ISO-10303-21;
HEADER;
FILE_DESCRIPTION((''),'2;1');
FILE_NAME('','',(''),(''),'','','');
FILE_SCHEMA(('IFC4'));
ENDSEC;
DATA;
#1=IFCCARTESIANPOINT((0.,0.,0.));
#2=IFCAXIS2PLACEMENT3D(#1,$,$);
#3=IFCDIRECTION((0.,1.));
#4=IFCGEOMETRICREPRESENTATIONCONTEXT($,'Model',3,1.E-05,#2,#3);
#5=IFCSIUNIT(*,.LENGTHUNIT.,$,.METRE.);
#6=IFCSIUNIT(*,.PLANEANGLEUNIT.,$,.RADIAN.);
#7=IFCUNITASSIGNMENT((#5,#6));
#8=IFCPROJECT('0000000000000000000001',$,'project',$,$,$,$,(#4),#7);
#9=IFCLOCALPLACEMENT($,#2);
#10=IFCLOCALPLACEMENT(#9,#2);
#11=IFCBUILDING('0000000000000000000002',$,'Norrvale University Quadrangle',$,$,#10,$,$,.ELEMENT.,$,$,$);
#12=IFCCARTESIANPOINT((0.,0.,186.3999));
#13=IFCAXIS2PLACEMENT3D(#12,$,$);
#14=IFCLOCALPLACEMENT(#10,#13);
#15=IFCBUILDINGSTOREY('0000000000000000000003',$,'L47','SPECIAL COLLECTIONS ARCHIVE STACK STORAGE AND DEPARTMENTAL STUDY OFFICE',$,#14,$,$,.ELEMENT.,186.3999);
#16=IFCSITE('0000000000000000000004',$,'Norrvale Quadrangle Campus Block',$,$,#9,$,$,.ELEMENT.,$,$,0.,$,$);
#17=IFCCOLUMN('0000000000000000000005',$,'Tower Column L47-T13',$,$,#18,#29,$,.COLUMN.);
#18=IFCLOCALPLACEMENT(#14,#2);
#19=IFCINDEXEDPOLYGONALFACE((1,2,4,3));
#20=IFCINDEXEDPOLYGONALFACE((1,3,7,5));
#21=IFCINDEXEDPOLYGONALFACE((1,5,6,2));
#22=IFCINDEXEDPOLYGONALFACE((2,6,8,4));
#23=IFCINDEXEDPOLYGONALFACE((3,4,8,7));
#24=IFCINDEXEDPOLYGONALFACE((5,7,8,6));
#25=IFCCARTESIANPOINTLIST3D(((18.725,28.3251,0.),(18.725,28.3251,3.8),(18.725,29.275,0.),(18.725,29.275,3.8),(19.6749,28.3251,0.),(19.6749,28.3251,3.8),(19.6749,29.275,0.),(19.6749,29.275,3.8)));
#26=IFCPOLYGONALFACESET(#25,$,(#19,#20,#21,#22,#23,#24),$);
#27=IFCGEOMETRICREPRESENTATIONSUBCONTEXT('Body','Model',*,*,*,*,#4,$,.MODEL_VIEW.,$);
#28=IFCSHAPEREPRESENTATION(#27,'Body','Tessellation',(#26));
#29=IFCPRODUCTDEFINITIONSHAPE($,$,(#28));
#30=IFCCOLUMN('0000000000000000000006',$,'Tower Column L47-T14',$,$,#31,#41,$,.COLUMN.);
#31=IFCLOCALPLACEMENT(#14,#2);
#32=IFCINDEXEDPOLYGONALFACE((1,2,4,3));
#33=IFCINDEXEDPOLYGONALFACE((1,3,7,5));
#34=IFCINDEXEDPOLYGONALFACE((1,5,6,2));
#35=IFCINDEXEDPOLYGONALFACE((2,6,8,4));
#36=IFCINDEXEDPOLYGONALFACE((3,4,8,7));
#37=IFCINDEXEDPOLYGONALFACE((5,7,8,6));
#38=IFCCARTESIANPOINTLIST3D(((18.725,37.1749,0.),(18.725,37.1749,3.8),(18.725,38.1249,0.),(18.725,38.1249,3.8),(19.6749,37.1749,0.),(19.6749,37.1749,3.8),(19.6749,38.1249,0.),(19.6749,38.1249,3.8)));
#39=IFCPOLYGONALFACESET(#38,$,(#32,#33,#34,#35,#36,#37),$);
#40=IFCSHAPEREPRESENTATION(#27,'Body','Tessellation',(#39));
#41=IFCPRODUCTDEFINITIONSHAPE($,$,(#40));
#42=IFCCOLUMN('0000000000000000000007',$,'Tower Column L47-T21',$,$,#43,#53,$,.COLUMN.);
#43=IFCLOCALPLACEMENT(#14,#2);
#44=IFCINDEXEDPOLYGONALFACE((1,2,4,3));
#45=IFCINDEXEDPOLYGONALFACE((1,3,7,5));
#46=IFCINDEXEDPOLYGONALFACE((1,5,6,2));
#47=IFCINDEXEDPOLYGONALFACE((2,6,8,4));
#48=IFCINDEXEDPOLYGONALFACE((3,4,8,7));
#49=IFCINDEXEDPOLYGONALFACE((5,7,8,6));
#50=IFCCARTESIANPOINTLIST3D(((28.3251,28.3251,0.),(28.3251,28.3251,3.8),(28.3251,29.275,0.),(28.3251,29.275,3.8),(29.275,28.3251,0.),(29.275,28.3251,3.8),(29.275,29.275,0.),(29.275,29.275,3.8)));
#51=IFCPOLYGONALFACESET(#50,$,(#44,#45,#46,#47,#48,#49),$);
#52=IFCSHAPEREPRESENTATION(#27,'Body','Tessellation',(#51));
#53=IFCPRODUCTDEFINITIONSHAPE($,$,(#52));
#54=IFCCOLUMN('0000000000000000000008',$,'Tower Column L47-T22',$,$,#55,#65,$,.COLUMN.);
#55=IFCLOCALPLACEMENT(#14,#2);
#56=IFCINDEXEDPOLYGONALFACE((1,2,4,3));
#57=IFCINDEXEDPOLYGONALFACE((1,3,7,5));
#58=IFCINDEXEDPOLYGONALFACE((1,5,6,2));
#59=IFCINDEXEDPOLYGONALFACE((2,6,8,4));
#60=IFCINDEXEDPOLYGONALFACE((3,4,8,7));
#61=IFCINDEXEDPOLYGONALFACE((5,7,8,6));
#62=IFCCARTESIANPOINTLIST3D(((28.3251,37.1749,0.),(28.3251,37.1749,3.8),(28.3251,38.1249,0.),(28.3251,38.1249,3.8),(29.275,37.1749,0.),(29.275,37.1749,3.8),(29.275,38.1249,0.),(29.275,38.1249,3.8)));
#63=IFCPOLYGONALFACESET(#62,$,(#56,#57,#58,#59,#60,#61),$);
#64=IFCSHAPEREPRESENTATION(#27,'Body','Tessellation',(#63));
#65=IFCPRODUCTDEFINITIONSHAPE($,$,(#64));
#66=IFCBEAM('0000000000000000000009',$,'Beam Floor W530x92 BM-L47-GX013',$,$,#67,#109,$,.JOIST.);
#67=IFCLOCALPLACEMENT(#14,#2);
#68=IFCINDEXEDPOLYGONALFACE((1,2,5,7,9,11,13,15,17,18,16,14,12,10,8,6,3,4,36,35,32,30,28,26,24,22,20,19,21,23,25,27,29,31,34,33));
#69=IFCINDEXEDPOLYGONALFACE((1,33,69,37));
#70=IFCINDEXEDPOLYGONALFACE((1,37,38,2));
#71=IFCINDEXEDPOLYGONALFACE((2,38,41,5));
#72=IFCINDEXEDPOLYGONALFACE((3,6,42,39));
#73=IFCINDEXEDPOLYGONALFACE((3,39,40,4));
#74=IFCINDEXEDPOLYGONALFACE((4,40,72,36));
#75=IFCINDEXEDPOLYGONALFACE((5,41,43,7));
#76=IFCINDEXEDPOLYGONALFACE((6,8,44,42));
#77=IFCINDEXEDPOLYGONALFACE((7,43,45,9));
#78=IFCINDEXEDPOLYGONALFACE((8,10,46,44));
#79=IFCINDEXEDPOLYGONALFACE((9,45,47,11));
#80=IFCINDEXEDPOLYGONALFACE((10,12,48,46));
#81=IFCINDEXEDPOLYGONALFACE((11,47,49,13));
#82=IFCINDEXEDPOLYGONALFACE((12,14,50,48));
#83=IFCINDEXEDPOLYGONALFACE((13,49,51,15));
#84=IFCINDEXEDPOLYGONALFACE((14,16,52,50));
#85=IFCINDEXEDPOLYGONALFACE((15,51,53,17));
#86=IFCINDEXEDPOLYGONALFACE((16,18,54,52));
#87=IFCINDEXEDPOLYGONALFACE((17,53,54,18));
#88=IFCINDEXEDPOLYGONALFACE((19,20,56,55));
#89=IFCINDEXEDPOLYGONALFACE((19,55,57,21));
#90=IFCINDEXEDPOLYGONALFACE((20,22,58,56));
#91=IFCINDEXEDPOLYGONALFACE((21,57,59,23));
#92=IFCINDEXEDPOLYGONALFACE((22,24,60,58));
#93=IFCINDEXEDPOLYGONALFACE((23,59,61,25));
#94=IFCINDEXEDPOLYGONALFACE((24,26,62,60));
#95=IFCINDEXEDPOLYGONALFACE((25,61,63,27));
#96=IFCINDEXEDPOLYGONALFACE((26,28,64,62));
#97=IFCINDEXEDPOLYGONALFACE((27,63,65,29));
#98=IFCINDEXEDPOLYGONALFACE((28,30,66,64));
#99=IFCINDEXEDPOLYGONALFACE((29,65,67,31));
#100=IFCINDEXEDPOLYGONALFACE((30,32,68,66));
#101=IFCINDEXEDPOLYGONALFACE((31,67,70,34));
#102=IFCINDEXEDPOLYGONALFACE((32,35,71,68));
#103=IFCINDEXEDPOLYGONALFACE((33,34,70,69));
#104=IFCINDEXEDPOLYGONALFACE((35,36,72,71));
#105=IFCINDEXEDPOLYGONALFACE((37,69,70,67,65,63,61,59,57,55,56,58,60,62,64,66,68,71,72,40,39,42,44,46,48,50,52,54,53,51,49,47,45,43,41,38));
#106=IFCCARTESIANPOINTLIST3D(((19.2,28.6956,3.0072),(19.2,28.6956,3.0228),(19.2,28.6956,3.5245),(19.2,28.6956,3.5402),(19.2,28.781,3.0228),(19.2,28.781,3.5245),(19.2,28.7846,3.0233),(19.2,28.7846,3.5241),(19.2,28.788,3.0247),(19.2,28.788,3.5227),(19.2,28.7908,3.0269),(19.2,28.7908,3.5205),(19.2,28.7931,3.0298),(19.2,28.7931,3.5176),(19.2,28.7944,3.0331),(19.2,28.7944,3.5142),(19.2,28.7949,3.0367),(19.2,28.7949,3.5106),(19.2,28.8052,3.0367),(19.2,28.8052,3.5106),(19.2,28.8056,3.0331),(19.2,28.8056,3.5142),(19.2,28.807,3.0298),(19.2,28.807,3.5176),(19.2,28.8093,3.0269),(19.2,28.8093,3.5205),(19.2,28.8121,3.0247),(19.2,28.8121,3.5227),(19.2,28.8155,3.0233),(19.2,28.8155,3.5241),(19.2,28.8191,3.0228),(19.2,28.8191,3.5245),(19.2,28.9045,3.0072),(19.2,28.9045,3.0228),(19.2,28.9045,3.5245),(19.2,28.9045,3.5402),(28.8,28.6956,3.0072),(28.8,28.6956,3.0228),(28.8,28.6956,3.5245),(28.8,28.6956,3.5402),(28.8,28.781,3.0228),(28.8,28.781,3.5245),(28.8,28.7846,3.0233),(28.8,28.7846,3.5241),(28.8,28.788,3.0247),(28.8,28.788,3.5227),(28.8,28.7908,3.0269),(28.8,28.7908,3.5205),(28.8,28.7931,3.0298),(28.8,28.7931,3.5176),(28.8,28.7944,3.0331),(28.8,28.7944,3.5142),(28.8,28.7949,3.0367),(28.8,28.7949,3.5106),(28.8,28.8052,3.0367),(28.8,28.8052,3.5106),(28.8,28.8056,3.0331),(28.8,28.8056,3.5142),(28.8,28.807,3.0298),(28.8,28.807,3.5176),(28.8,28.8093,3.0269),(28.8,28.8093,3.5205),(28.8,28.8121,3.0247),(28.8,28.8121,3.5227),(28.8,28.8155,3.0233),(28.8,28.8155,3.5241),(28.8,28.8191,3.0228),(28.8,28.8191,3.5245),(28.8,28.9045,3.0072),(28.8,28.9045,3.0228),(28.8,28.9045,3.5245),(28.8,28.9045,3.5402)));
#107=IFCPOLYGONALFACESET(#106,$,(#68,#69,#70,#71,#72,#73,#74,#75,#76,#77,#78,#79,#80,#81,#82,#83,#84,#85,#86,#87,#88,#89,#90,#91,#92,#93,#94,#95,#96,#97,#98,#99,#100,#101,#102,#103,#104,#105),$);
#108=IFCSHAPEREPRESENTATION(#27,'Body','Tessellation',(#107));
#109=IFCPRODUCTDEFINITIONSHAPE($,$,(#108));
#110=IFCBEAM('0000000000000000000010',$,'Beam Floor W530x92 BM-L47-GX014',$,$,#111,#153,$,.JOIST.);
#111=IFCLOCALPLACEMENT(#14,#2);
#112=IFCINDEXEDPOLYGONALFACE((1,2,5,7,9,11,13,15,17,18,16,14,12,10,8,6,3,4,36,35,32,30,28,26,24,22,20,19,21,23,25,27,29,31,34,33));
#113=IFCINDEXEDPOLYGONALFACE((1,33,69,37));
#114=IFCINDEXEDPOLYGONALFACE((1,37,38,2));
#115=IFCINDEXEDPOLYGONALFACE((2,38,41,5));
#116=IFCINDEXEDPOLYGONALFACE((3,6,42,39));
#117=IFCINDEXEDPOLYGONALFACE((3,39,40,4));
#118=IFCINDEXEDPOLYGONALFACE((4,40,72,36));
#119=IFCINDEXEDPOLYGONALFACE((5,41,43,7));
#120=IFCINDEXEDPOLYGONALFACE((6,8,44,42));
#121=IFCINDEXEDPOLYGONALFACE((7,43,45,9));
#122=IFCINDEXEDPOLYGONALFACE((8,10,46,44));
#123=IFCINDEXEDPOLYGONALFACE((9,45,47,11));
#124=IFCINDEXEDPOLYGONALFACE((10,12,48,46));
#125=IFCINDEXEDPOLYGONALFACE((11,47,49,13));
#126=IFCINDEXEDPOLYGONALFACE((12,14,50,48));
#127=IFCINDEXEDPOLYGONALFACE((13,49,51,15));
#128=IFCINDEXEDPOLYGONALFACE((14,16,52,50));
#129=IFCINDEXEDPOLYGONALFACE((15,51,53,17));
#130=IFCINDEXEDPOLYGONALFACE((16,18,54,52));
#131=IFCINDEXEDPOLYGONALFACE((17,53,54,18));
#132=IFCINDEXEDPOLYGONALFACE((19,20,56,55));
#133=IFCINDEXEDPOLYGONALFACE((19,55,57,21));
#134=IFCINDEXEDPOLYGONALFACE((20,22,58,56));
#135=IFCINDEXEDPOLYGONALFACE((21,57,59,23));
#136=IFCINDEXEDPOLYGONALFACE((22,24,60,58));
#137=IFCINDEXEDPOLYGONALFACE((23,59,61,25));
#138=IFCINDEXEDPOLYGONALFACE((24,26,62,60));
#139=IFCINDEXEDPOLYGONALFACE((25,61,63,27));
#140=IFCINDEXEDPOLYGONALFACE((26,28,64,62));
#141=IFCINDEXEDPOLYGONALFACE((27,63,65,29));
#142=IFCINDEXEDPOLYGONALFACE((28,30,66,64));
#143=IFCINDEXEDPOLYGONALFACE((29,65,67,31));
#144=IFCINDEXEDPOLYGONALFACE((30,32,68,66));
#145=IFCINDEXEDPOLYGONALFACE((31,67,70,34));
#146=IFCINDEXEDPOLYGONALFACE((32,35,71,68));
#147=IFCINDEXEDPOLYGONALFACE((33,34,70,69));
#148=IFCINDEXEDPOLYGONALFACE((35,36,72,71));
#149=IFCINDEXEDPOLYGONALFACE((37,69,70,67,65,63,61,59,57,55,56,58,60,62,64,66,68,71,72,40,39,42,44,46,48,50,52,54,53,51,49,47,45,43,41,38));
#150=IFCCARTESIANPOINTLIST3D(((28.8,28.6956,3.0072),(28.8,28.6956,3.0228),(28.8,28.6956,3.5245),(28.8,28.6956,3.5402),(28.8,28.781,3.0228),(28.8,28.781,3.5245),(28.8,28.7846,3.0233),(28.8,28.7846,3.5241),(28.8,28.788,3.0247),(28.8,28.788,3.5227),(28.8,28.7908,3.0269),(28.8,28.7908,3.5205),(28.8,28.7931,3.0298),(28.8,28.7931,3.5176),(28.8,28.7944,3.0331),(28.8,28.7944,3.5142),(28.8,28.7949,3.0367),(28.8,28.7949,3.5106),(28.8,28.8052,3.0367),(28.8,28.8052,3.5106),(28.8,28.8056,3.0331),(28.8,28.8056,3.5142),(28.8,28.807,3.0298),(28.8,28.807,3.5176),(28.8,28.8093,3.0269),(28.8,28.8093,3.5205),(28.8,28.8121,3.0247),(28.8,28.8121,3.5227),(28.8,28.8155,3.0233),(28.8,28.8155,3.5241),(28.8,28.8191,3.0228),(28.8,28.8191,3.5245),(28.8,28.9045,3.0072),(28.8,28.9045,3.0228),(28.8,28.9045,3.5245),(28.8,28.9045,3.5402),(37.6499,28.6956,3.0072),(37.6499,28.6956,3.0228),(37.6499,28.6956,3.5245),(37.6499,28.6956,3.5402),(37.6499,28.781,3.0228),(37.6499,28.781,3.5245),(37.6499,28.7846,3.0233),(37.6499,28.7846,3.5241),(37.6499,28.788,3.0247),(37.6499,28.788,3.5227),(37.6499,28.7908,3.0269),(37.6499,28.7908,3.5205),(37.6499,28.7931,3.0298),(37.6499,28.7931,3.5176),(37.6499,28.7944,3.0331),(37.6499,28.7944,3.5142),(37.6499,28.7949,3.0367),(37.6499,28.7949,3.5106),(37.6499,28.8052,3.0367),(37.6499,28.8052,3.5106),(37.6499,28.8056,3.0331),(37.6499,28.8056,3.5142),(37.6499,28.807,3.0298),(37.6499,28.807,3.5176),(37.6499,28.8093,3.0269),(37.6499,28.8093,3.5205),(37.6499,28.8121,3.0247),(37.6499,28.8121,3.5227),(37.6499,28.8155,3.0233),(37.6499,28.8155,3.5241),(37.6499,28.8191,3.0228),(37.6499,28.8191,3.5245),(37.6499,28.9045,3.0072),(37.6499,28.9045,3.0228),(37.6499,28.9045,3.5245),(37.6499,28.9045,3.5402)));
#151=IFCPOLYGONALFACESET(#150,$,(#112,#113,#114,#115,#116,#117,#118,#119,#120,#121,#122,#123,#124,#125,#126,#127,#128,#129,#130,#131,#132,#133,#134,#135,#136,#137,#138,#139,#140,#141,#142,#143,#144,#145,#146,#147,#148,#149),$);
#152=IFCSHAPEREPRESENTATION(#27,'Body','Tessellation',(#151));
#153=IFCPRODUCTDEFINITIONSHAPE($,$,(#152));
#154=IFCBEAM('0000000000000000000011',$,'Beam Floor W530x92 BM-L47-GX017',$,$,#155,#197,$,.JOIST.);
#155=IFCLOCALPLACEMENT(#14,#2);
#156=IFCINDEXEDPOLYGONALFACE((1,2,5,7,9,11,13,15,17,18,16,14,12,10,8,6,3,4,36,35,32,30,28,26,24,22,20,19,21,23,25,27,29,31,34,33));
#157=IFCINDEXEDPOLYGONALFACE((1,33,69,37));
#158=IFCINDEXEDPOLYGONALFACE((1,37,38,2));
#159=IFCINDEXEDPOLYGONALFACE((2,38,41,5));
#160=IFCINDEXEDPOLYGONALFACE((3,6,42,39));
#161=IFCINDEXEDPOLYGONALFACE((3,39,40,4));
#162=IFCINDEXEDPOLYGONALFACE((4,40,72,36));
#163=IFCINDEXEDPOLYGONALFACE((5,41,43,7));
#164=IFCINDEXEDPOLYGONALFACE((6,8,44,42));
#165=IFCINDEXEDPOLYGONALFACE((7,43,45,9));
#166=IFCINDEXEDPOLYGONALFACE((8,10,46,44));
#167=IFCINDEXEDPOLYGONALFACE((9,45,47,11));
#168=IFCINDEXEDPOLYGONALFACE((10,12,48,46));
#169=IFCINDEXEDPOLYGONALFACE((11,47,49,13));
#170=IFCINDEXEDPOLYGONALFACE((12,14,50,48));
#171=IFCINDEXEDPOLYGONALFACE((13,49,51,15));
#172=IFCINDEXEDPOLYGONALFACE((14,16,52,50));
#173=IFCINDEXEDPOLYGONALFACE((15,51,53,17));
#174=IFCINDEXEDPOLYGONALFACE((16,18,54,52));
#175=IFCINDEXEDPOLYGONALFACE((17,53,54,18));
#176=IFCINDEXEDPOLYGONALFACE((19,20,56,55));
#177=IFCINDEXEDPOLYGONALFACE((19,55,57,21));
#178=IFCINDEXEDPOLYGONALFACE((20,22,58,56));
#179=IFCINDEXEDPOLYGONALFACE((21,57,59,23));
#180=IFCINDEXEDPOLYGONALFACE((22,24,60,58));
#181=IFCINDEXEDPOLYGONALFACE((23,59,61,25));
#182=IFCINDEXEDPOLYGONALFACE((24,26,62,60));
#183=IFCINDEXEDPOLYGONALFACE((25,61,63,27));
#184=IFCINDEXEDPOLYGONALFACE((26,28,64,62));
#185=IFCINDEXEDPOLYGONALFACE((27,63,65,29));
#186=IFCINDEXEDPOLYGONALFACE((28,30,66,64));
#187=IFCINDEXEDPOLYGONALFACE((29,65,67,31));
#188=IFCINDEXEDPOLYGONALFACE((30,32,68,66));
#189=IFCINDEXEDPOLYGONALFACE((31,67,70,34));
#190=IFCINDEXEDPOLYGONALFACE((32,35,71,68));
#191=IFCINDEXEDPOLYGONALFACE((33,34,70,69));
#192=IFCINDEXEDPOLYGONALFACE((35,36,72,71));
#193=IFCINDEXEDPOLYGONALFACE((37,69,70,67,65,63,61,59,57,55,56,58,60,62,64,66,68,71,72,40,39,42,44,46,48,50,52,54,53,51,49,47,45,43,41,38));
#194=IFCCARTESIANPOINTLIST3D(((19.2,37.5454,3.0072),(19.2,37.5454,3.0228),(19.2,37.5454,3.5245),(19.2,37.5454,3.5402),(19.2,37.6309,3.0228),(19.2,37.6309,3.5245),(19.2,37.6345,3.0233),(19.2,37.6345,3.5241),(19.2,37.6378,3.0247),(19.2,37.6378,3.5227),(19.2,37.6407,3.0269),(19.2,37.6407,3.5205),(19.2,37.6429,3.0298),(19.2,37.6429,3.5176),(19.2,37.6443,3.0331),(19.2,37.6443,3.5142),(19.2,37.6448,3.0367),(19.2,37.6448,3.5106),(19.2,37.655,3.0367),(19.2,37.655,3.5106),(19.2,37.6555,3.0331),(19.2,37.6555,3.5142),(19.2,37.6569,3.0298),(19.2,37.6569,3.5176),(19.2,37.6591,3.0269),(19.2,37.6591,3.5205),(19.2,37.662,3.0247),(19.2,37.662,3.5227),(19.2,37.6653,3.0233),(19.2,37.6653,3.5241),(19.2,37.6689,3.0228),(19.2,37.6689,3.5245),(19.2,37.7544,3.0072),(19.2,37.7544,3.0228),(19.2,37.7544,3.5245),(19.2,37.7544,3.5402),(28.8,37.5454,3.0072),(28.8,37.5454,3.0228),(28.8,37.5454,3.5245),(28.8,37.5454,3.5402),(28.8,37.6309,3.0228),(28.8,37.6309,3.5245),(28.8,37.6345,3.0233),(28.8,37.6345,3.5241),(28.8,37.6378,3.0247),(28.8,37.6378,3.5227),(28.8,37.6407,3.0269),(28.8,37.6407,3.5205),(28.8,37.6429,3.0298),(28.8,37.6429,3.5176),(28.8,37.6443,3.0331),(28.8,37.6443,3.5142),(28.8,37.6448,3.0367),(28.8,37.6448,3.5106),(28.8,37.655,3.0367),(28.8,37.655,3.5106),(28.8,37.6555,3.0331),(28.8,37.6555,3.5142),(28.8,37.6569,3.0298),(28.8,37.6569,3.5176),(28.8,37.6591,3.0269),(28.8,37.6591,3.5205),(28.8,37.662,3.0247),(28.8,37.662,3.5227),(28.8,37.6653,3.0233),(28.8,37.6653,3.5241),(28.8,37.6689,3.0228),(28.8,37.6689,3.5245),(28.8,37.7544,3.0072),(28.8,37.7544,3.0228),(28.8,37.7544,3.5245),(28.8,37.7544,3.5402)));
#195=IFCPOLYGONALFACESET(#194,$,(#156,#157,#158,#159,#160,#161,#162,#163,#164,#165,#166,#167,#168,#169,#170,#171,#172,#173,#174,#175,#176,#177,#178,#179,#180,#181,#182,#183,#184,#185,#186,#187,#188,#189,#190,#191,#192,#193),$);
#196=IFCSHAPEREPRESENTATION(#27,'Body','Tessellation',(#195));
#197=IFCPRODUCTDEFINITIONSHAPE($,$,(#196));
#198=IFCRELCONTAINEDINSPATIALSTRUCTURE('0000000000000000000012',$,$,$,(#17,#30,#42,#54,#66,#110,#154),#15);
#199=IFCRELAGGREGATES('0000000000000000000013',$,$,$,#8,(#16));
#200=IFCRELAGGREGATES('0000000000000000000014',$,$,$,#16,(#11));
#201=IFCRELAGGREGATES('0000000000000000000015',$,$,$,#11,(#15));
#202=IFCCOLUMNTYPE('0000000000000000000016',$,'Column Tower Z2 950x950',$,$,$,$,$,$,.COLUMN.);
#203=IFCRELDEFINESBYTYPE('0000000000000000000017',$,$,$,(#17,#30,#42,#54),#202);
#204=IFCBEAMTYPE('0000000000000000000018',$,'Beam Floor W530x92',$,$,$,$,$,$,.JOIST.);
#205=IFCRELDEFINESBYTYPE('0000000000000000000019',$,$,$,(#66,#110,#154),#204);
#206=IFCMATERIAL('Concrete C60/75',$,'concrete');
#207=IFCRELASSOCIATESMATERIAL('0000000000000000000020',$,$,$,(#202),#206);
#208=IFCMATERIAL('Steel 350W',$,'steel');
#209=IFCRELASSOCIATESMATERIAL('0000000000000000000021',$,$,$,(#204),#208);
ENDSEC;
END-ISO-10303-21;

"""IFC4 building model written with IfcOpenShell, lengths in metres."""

from ifc_helpers import new_model, si_unit, direction, frame, origin, origin_2d, place, context, subcontext, project, spatial, rectangle, i_section, extrude, material, material_profile, profile_set, type_object, element, save


model = new_model("IFC4")

# Units and contexts
model_context = context("Model", 3, precision=1e-05, world=origin(), true_north=direction((0.0, 1.0)))
body_context = subcontext(model_context, "Body", "Model", "MODEL_VIEW")
ifc_project = project(units=[si_unit("LENGTHUNIT", "METRE"), si_unit("PLANEANGLEUNIT", "RADIAN")], contexts=[model_context])

# Site, building, storey
site_placement = place(None, origin())
site = spatial("IfcSite", under=ifc_project, at=site_placement, Name="Norrvale Quadrangle Campus Block", CompositionType="ELEMENT", RefElevation=0.0)
building_placement = place(site_placement, origin())
building = spatial("IfcBuilding", under=site, at=building_placement, Name="Norrvale University Quadrangle", CompositionType="ELEMENT")
storey_placement = place(building_placement, frame((0.0, 0.0, 186.3999)))
storey = spatial("IfcBuildingStorey", under=building, at=storey_placement, Name="L47", Description="SPECIAL COLLECTIONS ARCHIVE STACK STORAGE AND DEPARTMENTAL STUDY OFFICE", CompositionType="ELEMENT", Elevation=186.3999)

# Columns
ifc_material_1 = material(Name="Concrete C60/75", Category="concrete")
ifc_material_profile_1 = material_profile(ifc_material_1, rectangle(XDim=0.95, YDim=0.95, at=origin_2d()), Name="Concrete C60/75")
ifc_profile_set_1 = profile_set([ifc_material_profile_1], Name="Concrete C60/75")
column_type = type_object("IfcColumnType", Name="Column Tower Z2 950x950", PredefinedType="COLUMN", material=ifc_profile_set_1)
for number, where, z_axis, x_axis, name in (
    (1, (19.2, 28.8, 0.0), (0.0, 0.0, 1.0), (1.0, 0.0, 0.0), "Tower Column L47-T13"),
    (2, (19.2, 37.6499, 0.0), (0.0, 0.0, 1.0), (1.0, 0.0, 0.0), "Tower Column L47-T14"),
    (3, (28.8, 28.8, 0.0), (0.0, 0.0, 1.0), (1.0, 0.0, 0.0), "Tower Column L47-T21"),
    (4, (28.8, 37.6499, 0.0), (0.0, 0.0, 1.0), (1.0, 0.0, 0.0), "Tower Column L47-T22"),
):
    element("IfcColumn", number, at=place(storey_placement, frame(where, z_axis=z_axis, x_axis=x_axis)), inside=storey, type_object=column_type, Name=name, PredefinedType="COLUMN", context=body_context, shape_type="SweptSolid", body=[
        extrude(rectangle(XDim=0.95, YDim=0.95, at=origin_2d()), origin(), (0.0, 0.0, 1.0), 3.8),
    ])

# Beams
ifc_material_2 = material(Name="Steel 350W", Category="steel")
ifc_material_profile_2 = material_profile(ifc_material_2, i_section(OverallWidth=0.209, OverallDepth=0.533, WebThickness=0.0103, FlangeThickness=0.0156, FilletRadius=0.0139, at=origin_2d()), Name="Steel 350W")
ifc_profile_set_2 = profile_set([ifc_material_profile_2], Name="Steel 350W")
beam_type_1 = type_object("IfcBeamType", Name="Beam Floor W530x92", PredefinedType="JOIST", material=ifc_profile_set_2)
beam_1_placement = place(storey_placement, frame((19.2, 28.8, 3.2737), z_axis=(1.0, 0.0, 0.0), x_axis=(0.0, 1.0, 0.0)))
element("IfcBeam", 5, at=beam_1_placement, inside=storey, type_object=beam_type_1, Name="Beam Floor W530x92 BM-L47-GX013", PredefinedType="JOIST", context=body_context, shape_type="SweptSolid", body=[
    extrude(i_section(OverallWidth=0.209, OverallDepth=0.533, WebThickness=0.0103, FlangeThickness=0.0156, FilletRadius=0.0139, at=origin_2d()), origin(), (0.0, 0.0, 1.0), 9.6001),
])
beam_2_placement = place(storey_placement, frame((28.8, 28.8, 3.2737), z_axis=(1.0, 0.0, 0.0), x_axis=(0.0, 1.0, 0.0)))
element("IfcBeam", 6, at=beam_2_placement, inside=storey, type_object=beam_type_1, Name="Beam Floor W530x92 BM-L47-GX014", PredefinedType="JOIST", context=body_context, shape_type="SweptSolid", body=[
    extrude(i_section(OverallWidth=0.209, OverallDepth=0.533, WebThickness=0.0103, FlangeThickness=0.0156, FilletRadius=0.0139, at=origin_2d()), origin(), (0.0, 0.0, 1.0), 8.8499),
])
beam_3_placement = place(storey_placement, frame((19.2, 37.6499, 3.2737), z_axis=(1.0, 0.0, 0.0), x_axis=(0.0, 1.0, 0.0)))
element("IfcBeam", 7, at=beam_3_placement, inside=storey, type_object=beam_type_1, Name="Beam Floor W530x92 BM-L47-GX017", PredefinedType="JOIST", context=body_context, shape_type="SweptSolid", body=[
    extrude(i_section(OverallWidth=0.209, OverallDepth=0.533, WebThickness=0.0103, FlangeThickness=0.0156, FilletRadius=0.0139, at=origin_2d()), origin(), (0.0, 0.0, 1.0), 9.6001),
])

save(model, "model.ifc")
